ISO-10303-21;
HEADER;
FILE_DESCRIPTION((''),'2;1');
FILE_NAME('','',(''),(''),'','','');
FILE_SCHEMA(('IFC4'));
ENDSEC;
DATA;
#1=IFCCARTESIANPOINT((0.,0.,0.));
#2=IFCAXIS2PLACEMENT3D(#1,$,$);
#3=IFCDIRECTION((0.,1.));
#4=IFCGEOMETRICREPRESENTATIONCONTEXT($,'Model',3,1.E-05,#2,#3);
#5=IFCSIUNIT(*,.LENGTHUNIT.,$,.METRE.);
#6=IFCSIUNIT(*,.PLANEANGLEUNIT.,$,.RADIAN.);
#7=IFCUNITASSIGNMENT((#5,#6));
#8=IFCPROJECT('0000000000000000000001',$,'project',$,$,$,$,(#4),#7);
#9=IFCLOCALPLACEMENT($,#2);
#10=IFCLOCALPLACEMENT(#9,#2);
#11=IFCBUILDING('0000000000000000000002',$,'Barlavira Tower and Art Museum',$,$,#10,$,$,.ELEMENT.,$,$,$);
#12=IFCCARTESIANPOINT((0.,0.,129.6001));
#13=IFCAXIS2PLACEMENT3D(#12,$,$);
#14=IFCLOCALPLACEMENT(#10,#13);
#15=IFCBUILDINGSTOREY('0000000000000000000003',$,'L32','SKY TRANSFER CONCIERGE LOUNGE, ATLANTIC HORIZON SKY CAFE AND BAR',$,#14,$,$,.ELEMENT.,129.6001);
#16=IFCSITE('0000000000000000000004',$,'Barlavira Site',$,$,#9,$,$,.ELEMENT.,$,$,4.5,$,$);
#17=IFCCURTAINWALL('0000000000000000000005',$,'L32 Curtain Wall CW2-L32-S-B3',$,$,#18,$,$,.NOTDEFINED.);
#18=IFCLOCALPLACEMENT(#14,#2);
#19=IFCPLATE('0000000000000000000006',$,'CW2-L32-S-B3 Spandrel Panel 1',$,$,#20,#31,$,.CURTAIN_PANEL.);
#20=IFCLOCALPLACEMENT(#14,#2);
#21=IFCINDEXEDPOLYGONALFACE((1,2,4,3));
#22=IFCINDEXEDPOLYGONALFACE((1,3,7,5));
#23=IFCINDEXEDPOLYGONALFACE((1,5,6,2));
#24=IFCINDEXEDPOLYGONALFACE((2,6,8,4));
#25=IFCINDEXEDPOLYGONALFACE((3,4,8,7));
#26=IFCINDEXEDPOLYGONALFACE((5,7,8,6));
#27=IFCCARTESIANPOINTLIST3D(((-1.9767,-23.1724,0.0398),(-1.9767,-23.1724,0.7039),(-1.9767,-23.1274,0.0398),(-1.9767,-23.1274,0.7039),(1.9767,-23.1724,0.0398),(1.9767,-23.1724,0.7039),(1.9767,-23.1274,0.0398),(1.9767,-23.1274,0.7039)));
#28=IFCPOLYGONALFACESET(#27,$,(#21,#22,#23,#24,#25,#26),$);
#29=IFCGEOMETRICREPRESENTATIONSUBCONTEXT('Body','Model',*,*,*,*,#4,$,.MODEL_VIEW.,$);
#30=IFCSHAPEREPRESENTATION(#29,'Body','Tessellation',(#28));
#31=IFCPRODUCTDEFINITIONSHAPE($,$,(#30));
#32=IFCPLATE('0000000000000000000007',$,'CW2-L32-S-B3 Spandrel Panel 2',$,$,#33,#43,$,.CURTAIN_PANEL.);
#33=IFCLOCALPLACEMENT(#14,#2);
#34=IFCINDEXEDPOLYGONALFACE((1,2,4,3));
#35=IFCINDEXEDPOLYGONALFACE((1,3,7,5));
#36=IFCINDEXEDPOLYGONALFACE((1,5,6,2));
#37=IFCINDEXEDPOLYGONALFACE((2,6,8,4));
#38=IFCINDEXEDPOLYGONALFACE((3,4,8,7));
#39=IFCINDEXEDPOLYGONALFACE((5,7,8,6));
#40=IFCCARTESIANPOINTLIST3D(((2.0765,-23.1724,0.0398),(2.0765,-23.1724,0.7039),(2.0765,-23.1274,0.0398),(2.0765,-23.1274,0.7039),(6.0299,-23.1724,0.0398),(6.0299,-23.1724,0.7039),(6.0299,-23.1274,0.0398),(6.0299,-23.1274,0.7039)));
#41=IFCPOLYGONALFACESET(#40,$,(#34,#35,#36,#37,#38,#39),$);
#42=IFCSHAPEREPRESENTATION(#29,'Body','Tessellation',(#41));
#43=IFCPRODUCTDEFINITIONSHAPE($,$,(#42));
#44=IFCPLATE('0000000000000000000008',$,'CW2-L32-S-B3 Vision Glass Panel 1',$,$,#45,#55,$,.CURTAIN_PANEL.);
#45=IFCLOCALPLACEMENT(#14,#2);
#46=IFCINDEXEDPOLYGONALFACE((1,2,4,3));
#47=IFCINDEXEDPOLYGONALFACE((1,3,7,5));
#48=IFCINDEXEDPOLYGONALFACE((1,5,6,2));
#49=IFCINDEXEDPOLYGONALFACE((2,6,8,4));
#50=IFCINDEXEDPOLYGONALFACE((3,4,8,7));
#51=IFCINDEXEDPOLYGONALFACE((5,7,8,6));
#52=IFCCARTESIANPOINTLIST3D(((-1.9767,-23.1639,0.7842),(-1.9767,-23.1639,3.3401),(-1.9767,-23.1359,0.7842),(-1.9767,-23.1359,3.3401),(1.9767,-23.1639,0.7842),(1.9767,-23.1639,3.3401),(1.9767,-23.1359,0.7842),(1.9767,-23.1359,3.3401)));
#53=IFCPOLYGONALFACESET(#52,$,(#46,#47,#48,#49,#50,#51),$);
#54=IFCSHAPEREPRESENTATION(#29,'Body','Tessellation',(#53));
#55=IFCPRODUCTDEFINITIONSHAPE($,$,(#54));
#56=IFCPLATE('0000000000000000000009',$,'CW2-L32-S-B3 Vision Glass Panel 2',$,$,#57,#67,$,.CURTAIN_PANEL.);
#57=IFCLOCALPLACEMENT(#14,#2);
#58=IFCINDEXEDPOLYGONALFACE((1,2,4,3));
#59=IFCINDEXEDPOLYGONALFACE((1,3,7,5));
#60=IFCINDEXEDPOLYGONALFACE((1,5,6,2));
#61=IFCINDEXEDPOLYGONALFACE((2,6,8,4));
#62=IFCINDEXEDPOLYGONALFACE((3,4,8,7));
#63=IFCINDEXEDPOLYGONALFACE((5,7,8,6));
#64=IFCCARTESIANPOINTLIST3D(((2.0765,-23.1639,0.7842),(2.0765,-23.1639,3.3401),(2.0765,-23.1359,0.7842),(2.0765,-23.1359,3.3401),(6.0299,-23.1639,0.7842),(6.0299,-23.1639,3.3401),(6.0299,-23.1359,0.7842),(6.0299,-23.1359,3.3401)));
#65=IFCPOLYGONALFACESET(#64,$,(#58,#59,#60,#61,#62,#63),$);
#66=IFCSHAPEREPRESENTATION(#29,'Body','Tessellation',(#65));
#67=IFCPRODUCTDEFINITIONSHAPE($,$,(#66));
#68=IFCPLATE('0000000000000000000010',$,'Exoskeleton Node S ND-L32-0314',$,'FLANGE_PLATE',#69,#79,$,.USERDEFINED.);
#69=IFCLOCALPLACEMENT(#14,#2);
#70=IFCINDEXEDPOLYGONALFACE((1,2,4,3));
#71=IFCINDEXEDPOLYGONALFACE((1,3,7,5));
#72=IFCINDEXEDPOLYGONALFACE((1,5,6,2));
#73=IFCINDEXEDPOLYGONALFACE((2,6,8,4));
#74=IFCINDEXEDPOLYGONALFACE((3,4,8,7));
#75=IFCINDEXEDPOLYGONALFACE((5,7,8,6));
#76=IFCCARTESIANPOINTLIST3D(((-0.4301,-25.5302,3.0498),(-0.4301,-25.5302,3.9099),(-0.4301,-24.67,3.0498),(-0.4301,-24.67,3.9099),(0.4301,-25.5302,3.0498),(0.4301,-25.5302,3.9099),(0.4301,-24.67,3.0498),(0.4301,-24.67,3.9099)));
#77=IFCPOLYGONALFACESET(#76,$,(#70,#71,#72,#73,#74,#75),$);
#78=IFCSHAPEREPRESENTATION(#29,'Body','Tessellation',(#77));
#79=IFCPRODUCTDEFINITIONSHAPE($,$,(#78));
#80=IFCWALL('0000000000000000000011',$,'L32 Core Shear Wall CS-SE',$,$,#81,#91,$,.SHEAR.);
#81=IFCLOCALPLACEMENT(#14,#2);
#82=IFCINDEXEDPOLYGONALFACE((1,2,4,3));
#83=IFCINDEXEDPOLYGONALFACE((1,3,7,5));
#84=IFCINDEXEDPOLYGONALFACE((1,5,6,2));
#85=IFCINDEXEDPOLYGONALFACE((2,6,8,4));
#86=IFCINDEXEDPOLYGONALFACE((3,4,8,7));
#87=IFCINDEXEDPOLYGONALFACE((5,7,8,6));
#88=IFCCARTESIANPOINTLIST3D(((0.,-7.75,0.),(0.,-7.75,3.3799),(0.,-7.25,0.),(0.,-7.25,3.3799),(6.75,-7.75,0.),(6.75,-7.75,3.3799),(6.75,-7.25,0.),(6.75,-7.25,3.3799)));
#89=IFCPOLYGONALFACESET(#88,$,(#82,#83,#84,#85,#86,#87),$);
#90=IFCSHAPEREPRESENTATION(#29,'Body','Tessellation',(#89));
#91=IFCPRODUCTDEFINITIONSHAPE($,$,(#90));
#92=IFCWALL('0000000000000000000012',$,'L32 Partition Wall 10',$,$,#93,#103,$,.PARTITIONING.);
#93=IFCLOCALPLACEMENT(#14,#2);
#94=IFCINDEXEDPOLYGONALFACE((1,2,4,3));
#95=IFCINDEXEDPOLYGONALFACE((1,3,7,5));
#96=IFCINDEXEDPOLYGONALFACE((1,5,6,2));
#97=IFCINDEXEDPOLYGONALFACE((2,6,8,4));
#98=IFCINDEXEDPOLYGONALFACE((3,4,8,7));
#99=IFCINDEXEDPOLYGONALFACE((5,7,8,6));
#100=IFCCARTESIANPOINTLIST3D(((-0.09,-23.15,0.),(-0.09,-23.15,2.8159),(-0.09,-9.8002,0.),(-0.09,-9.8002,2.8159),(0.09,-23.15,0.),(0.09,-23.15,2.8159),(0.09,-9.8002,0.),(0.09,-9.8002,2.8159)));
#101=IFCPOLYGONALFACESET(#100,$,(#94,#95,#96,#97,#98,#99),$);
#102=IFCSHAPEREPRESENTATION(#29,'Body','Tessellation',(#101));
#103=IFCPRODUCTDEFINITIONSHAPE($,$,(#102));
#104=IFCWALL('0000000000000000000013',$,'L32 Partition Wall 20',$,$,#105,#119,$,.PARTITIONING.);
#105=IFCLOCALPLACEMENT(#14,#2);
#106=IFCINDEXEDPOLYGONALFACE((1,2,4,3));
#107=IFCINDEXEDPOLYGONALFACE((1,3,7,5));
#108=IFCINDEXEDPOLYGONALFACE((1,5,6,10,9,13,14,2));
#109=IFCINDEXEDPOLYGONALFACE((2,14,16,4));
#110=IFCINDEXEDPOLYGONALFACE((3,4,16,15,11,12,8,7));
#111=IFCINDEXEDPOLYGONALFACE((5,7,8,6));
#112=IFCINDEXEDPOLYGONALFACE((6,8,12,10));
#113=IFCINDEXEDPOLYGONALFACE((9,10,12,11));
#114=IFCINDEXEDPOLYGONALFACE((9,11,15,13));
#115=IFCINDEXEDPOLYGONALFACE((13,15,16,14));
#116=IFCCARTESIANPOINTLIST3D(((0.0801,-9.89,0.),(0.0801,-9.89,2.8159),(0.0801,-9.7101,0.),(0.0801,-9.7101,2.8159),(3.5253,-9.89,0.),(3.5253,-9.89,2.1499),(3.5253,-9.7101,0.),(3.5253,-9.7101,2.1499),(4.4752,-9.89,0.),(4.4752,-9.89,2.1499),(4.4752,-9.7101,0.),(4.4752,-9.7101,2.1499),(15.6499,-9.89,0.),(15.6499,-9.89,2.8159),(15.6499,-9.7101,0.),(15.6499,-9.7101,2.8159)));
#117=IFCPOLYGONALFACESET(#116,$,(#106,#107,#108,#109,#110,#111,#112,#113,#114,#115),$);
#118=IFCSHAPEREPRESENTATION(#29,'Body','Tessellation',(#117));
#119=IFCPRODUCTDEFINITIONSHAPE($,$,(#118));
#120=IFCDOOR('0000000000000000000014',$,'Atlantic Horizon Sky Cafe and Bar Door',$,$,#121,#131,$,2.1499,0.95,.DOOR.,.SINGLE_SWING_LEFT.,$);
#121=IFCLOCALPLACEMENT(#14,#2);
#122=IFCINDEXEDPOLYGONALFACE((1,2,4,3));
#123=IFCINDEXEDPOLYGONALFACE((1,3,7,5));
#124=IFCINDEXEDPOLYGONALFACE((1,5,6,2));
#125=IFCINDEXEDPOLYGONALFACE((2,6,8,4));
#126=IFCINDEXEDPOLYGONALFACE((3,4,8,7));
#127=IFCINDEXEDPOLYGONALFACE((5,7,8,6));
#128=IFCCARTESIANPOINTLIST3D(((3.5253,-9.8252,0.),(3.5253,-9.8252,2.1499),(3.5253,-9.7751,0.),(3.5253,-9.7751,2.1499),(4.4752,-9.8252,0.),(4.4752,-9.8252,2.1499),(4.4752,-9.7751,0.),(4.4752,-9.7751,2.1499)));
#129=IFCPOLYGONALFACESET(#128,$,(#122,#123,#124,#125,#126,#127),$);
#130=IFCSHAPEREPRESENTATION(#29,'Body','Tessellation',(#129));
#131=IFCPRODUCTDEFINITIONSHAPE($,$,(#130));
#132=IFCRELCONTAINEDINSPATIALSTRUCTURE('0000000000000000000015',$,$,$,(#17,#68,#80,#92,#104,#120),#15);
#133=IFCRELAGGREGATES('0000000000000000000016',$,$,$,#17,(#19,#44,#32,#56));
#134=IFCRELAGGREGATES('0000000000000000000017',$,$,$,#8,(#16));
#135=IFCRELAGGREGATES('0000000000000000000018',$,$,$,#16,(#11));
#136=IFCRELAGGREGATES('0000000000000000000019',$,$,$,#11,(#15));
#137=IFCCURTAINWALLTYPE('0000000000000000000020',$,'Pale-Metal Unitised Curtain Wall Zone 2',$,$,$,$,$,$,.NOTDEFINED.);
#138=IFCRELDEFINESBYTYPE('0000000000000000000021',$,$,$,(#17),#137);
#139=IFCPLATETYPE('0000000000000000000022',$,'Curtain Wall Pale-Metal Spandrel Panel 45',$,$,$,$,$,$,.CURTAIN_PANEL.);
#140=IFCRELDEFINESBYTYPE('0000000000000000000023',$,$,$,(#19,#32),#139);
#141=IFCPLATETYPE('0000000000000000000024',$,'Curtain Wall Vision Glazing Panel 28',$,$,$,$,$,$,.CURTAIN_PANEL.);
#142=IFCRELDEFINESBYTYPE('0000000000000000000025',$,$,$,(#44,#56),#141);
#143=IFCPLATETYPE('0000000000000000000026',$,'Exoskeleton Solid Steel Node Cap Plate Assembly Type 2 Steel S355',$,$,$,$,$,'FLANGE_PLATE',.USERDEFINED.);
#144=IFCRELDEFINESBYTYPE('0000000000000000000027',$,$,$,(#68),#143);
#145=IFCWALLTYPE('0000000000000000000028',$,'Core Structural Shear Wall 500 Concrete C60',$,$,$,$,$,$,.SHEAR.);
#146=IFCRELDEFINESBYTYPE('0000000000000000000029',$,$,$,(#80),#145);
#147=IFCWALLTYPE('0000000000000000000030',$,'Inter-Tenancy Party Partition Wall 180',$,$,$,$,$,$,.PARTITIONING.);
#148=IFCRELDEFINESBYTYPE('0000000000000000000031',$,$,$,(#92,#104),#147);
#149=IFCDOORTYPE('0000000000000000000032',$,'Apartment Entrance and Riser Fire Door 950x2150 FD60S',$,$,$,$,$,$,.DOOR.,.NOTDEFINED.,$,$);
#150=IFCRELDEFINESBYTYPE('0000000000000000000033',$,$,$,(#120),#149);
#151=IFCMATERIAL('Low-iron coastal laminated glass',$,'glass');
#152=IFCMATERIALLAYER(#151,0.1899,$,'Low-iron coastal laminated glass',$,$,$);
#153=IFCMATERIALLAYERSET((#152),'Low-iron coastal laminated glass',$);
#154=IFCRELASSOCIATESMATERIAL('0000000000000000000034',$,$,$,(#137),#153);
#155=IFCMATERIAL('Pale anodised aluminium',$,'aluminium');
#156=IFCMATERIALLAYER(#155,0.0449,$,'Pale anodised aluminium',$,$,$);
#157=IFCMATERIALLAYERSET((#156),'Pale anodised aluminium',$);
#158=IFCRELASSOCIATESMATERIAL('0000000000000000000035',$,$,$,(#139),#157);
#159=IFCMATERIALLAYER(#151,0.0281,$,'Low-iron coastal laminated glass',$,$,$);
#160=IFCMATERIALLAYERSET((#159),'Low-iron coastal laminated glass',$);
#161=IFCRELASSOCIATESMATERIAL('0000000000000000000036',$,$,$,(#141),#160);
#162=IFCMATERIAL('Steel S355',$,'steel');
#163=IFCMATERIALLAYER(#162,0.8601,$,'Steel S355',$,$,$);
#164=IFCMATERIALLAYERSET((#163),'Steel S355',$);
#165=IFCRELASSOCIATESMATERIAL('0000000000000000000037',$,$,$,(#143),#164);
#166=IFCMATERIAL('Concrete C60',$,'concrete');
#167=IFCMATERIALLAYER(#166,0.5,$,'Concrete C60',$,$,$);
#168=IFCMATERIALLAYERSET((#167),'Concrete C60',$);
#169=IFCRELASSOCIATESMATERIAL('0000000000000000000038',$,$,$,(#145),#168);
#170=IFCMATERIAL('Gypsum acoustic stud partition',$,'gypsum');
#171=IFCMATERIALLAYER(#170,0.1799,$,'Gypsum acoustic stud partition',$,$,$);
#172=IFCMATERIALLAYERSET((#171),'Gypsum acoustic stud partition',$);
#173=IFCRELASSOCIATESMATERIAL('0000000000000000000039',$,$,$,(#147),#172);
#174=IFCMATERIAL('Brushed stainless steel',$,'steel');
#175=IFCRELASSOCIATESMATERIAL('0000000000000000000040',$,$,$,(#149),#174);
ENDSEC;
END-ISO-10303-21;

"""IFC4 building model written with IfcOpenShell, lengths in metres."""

from ifc_helpers import new_model, si_unit, direction, frame, frame_2d, origin, origin_2d, place, context, subcontext, project, spatial, rectangle, extrude, material, layer, layer_set, type_object, element, fill, aggregate, save


model = new_model("IFC4")

# Units and contexts
model_context = context("Model", 3, precision=1e-05, world=origin(), true_north=direction((0.0, 1.0)))
body_context = subcontext(model_context, "Body", "Model", "MODEL_VIEW")
ifc_project = project(units=[si_unit("LENGTHUNIT", "METRE"), si_unit("PLANEANGLEUNIT", "RADIAN")], contexts=[model_context])

# Site, building, storey
site_placement = place(None, origin())
site = spatial("IfcSite", under=ifc_project, at=site_placement, Name="Barlavira Site", CompositionType="ELEMENT", RefElevation=4.5)
building_placement = place(site_placement, origin())
building = spatial("IfcBuilding", under=site, at=building_placement, Name="Barlavira Tower and Art Museum", CompositionType="ELEMENT")
storey_placement = place(building_placement, frame((0.0, 0.0, 129.6001)))
storey = spatial("IfcBuildingStorey", under=building, at=storey_placement, Name="L32", Description="SKY TRANSFER CONCIERGE LOUNGE, ATLANTIC HORIZON SKY CAFE AND BAR", CompositionType="ELEMENT", Elevation=129.6001)

# Shared definitions
ifc_material_1 = material(Name="Steel S355", Category="steel")
ifc_material_2 = material(Name="Concrete C60", Category="concrete")

# Curtain wall
ifc_material_3 = material(Name="Low-iron coastal laminated glass", Category="glass")
ifc_layer_1 = layer(ifc_material_3, 0.1899, Name="Low-iron coastal laminated glass")
ifc_layer_set_1 = layer_set([ifc_layer_1], Name="Low-iron coastal laminated glass")
curtain_wall_type = type_object("IfcCurtainWallType", Name="Pale-Metal Unitised Curtain Wall Zone 2", PredefinedType="NOTDEFINED", material=ifc_layer_set_1)
curtain_wall_placement = place(storey_placement, origin())
curtain_wall = element("IfcCurtainWall", 1, at=curtain_wall_placement, inside=storey, type_object=curtain_wall_type, Name="L32 Curtain Wall CW2-L32-S-B3", PredefinedType="NOTDEFINED")
ifc_material_4 = material(Name="Pale anodised aluminium", Category="aluminium")

# Plates
ifc_layer_2 = layer(ifc_material_4, 0.0449, Name="Pale anodised aluminium")
ifc_layer_set_2 = layer_set([ifc_layer_2], Name="Pale anodised aluminium")
plate_type_1 = type_object("IfcPlateType", Name="Curtain Wall Pale-Metal Spandrel Panel 45", PredefinedType="CURTAIN_PANEL", material=ifc_layer_set_2)
plate_1_placement = place(storey_placement, frame((0.0, -23.1499, 0.0398), z_axis=(0.0, 0.0, 1.0), x_axis=(1.0, 0.0, 0.0)))
plate_1 = element("IfcPlate", 2, at=plate_1_placement, type_object=plate_type_1, Name="CW2-L32-S-B3 Spandrel Panel 1", PredefinedType="CURTAIN_PANEL", context=body_context, shape_type="SweptSolid", body=[
    extrude(rectangle(XDim=3.9534, YDim=0.0449, at=origin_2d()), origin(), (0.0, 0.0, 1.0), 0.6641),
])
plate_2_placement = place(storey_placement, frame((4.0532, -23.1499, 0.0398), z_axis=(0.0, 0.0, 1.0), x_axis=(1.0, 0.0, 0.0)))
plate_2 = element("IfcPlate", 3, at=plate_2_placement, type_object=plate_type_1, Name="CW2-L32-S-B3 Spandrel Panel 2", PredefinedType="CURTAIN_PANEL", context=body_context, shape_type="SweptSolid", body=[
    extrude(rectangle(XDim=3.9534, YDim=0.0449, at=origin_2d()), origin(), (0.0, 0.0, 1.0), 0.6641),
])
ifc_layer_3 = layer(ifc_material_3, 0.0281, Name="Low-iron coastal laminated glass")
ifc_layer_set_3 = layer_set([ifc_layer_3], Name="Low-iron coastal laminated glass")
plate_type_2 = type_object("IfcPlateType", Name="Curtain Wall Vision Glazing Panel 28", PredefinedType="CURTAIN_PANEL", material=ifc_layer_set_3)
plate_3_placement = place(storey_placement, frame((0.0, -23.1499, 0.7842), z_axis=(0.0, 0.0, 1.0), x_axis=(1.0, 0.0, 0.0)))
plate_3 = element("IfcPlate", 4, at=plate_3_placement, type_object=plate_type_2, Name="CW2-L32-S-B3 Vision Glass Panel 1", PredefinedType="CURTAIN_PANEL", context=body_context, shape_type="SweptSolid", body=[
    extrude(rectangle(XDim=3.9534, YDim=0.0281, at=origin_2d()), origin(), (0.0, 0.0, 1.0), 2.5559),
])
plate_4_placement = place(storey_placement, frame((4.0532, -23.1499, 0.7842), z_axis=(0.0, 0.0, 1.0), x_axis=(1.0, 0.0, 0.0)))
plate_4 = element("IfcPlate", 5, at=plate_4_placement, type_object=plate_type_2, Name="CW2-L32-S-B3 Vision Glass Panel 2", PredefinedType="CURTAIN_PANEL", context=body_context, shape_type="SweptSolid", body=[
    extrude(rectangle(XDim=3.9534, YDim=0.0281, at=origin_2d()), origin(), (0.0, 0.0, 1.0), 2.5559),
])
aggregate(curtain_wall, [plate_1, plate_3, plate_2, plate_4])
ifc_layer_4 = layer(ifc_material_1, 0.8601, Name="Steel S355")
ifc_layer_set_4 = layer_set([ifc_layer_4], Name="Steel S355")
plate_type_3 = type_object("IfcPlateType", Name="Exoskeleton Solid Steel Node Cap Plate Assembly Type 2 Steel S355", ElementType="FLANGE_PLATE", PredefinedType="USERDEFINED", material=ifc_layer_set_4)
plate_5_placement = place(storey_placement, frame((0.0, -25.1001, 3.0498), z_axis=(0.0, 0.0, 1.0), x_axis=(1.0, 0.0, 0.0)))
element("IfcPlate", 6, at=plate_5_placement, inside=storey, type_object=plate_type_3, Name="Exoskeleton Node S ND-L32-0314", ObjectType="FLANGE_PLATE", PredefinedType="USERDEFINED", context=body_context, shape_type="SweptSolid", body=[
    extrude(rectangle(XDim=0.8601, YDim=0.8601, at=origin_2d()), origin(), (0.0, 0.0, 1.0), 0.8601),
])

# Walls
ifc_layer_5 = layer(ifc_material_2, 0.5, Name="Concrete C60")
ifc_layer_set_5 = layer_set([ifc_layer_5], Name="Concrete C60")
wall_type_1 = type_object("IfcWallType", Name="Core Structural Shear Wall 500 Concrete C60", PredefinedType="SHEAR", material=ifc_layer_set_5)
wall_1_placement = place(storey_placement, frame((0.0, -7.5, 0.0), z_axis=(0.0, 0.0, 1.0), x_axis=(1.0, 0.0, 0.0)))
element("IfcWall", 7, at=wall_1_placement, inside=storey, type_object=wall_type_1, Name="L32 Core Shear Wall CS-SE", PredefinedType="SHEAR", context=body_context, shape_type="SweptSolid", body=[
    extrude(rectangle(XDim=6.75, YDim=0.5, at=frame_2d((3.375, 0.0))), origin(), (0.0, 0.0, 1.0), 3.3799),
])
ifc_material_5 = material(Name="Gypsum acoustic stud partition", Category="gypsum")
ifc_layer_6 = layer(ifc_material_5, 0.1799, Name="Gypsum acoustic stud partition")
ifc_layer_set_6 = layer_set([ifc_layer_6], Name="Gypsum acoustic stud partition")
wall_type_2 = type_object("IfcWallType", Name="Inter-Tenancy Party Partition Wall 180", PredefinedType="PARTITIONING", material=ifc_layer_set_6)
wall_2_placement = place(storey_placement, frame((0.0, -23.1499, 0.0), z_axis=(0.0, 0.0, 1.0), x_axis=(0.0, 1.0, 0.0)))
element("IfcWall", 8, at=wall_2_placement, inside=storey, type_object=wall_type_2, Name="L32 Partition Wall 10", PredefinedType="PARTITIONING", context=body_context, shape_type="SweptSolid", body=[
    extrude(rectangle(XDim=13.3499, YDim=0.1799, at=frame_2d((6.6748, 0.0))), origin(), (0.0, 0.0, 1.0), 2.8159),
])

# Wall, opening, door
wall_3_placement = place(storey_placement, frame((0.0801, -9.8, 0.0), z_axis=(0.0, 0.0, 1.0), x_axis=(1.0, 0.0, 0.0)))
wall_3 = element("IfcWall", 9, at=wall_3_placement, inside=storey, type_object=wall_type_2, Name="L32 Partition Wall 20", PredefinedType="PARTITIONING", context=body_context, shape_type="SweptSolid", body=[
    extrude(rectangle(XDim=15.5698, YDim=0.1799, at=frame_2d((7.7849, 0.0))), origin(), (0.0, 0.0, 1.0), 2.8159),
])
opening_placement = place(wall_3_placement, frame((3.4451, 0.0, 0.0)))
opening = element("IfcOpeningElement", 10, at=opening_placement, cuts=wall_3, PredefinedType="OPENING", context=body_context, shape_type="SweptSolid", body=[
    extrude(rectangle(XDim=0.95, YDim=2.1499, at=frame_2d((0.4751, 1.075))), frame((0.0, 0.1001, 0.0), z_axis=(0.0, -1.0, 0.0), x_axis=(1.0, 0.0, 0.0)), (0.0, 0.0, 1.0), 0.2),
])
ifc_material_6 = material(Name="Brushed stainless steel", Category="steel")
door_type = type_object("IfcDoorType", Name="Apartment Entrance and Riser Fire Door 950x2150 FD60S", OperationType="NOTDEFINED", PredefinedType="DOOR", material=ifc_material_6)
door_placement = place(opening_placement, origin())
door = element("IfcDoor", 11, at=door_placement, inside=storey, type_object=door_type, Name="Atlantic Horizon Sky Cafe and Bar Door", OperationType="SINGLE_SWING_LEFT", OverallHeight=2.1499, OverallWidth=0.95, PredefinedType="DOOR", context=body_context, shape_type="SweptSolid", body=[
    extrude(rectangle(XDim=0.95, YDim=2.1499, at=frame_2d((0.4751, 1.075))), frame((0.0, 0.0249, 0.0), z_axis=(0.0, -1.0, 0.0), x_axis=(1.0, 0.0, 0.0)), (0.0, 0.0, 1.0), 0.05),
])
fill(opening, door)

save(model, "model.ifc")
